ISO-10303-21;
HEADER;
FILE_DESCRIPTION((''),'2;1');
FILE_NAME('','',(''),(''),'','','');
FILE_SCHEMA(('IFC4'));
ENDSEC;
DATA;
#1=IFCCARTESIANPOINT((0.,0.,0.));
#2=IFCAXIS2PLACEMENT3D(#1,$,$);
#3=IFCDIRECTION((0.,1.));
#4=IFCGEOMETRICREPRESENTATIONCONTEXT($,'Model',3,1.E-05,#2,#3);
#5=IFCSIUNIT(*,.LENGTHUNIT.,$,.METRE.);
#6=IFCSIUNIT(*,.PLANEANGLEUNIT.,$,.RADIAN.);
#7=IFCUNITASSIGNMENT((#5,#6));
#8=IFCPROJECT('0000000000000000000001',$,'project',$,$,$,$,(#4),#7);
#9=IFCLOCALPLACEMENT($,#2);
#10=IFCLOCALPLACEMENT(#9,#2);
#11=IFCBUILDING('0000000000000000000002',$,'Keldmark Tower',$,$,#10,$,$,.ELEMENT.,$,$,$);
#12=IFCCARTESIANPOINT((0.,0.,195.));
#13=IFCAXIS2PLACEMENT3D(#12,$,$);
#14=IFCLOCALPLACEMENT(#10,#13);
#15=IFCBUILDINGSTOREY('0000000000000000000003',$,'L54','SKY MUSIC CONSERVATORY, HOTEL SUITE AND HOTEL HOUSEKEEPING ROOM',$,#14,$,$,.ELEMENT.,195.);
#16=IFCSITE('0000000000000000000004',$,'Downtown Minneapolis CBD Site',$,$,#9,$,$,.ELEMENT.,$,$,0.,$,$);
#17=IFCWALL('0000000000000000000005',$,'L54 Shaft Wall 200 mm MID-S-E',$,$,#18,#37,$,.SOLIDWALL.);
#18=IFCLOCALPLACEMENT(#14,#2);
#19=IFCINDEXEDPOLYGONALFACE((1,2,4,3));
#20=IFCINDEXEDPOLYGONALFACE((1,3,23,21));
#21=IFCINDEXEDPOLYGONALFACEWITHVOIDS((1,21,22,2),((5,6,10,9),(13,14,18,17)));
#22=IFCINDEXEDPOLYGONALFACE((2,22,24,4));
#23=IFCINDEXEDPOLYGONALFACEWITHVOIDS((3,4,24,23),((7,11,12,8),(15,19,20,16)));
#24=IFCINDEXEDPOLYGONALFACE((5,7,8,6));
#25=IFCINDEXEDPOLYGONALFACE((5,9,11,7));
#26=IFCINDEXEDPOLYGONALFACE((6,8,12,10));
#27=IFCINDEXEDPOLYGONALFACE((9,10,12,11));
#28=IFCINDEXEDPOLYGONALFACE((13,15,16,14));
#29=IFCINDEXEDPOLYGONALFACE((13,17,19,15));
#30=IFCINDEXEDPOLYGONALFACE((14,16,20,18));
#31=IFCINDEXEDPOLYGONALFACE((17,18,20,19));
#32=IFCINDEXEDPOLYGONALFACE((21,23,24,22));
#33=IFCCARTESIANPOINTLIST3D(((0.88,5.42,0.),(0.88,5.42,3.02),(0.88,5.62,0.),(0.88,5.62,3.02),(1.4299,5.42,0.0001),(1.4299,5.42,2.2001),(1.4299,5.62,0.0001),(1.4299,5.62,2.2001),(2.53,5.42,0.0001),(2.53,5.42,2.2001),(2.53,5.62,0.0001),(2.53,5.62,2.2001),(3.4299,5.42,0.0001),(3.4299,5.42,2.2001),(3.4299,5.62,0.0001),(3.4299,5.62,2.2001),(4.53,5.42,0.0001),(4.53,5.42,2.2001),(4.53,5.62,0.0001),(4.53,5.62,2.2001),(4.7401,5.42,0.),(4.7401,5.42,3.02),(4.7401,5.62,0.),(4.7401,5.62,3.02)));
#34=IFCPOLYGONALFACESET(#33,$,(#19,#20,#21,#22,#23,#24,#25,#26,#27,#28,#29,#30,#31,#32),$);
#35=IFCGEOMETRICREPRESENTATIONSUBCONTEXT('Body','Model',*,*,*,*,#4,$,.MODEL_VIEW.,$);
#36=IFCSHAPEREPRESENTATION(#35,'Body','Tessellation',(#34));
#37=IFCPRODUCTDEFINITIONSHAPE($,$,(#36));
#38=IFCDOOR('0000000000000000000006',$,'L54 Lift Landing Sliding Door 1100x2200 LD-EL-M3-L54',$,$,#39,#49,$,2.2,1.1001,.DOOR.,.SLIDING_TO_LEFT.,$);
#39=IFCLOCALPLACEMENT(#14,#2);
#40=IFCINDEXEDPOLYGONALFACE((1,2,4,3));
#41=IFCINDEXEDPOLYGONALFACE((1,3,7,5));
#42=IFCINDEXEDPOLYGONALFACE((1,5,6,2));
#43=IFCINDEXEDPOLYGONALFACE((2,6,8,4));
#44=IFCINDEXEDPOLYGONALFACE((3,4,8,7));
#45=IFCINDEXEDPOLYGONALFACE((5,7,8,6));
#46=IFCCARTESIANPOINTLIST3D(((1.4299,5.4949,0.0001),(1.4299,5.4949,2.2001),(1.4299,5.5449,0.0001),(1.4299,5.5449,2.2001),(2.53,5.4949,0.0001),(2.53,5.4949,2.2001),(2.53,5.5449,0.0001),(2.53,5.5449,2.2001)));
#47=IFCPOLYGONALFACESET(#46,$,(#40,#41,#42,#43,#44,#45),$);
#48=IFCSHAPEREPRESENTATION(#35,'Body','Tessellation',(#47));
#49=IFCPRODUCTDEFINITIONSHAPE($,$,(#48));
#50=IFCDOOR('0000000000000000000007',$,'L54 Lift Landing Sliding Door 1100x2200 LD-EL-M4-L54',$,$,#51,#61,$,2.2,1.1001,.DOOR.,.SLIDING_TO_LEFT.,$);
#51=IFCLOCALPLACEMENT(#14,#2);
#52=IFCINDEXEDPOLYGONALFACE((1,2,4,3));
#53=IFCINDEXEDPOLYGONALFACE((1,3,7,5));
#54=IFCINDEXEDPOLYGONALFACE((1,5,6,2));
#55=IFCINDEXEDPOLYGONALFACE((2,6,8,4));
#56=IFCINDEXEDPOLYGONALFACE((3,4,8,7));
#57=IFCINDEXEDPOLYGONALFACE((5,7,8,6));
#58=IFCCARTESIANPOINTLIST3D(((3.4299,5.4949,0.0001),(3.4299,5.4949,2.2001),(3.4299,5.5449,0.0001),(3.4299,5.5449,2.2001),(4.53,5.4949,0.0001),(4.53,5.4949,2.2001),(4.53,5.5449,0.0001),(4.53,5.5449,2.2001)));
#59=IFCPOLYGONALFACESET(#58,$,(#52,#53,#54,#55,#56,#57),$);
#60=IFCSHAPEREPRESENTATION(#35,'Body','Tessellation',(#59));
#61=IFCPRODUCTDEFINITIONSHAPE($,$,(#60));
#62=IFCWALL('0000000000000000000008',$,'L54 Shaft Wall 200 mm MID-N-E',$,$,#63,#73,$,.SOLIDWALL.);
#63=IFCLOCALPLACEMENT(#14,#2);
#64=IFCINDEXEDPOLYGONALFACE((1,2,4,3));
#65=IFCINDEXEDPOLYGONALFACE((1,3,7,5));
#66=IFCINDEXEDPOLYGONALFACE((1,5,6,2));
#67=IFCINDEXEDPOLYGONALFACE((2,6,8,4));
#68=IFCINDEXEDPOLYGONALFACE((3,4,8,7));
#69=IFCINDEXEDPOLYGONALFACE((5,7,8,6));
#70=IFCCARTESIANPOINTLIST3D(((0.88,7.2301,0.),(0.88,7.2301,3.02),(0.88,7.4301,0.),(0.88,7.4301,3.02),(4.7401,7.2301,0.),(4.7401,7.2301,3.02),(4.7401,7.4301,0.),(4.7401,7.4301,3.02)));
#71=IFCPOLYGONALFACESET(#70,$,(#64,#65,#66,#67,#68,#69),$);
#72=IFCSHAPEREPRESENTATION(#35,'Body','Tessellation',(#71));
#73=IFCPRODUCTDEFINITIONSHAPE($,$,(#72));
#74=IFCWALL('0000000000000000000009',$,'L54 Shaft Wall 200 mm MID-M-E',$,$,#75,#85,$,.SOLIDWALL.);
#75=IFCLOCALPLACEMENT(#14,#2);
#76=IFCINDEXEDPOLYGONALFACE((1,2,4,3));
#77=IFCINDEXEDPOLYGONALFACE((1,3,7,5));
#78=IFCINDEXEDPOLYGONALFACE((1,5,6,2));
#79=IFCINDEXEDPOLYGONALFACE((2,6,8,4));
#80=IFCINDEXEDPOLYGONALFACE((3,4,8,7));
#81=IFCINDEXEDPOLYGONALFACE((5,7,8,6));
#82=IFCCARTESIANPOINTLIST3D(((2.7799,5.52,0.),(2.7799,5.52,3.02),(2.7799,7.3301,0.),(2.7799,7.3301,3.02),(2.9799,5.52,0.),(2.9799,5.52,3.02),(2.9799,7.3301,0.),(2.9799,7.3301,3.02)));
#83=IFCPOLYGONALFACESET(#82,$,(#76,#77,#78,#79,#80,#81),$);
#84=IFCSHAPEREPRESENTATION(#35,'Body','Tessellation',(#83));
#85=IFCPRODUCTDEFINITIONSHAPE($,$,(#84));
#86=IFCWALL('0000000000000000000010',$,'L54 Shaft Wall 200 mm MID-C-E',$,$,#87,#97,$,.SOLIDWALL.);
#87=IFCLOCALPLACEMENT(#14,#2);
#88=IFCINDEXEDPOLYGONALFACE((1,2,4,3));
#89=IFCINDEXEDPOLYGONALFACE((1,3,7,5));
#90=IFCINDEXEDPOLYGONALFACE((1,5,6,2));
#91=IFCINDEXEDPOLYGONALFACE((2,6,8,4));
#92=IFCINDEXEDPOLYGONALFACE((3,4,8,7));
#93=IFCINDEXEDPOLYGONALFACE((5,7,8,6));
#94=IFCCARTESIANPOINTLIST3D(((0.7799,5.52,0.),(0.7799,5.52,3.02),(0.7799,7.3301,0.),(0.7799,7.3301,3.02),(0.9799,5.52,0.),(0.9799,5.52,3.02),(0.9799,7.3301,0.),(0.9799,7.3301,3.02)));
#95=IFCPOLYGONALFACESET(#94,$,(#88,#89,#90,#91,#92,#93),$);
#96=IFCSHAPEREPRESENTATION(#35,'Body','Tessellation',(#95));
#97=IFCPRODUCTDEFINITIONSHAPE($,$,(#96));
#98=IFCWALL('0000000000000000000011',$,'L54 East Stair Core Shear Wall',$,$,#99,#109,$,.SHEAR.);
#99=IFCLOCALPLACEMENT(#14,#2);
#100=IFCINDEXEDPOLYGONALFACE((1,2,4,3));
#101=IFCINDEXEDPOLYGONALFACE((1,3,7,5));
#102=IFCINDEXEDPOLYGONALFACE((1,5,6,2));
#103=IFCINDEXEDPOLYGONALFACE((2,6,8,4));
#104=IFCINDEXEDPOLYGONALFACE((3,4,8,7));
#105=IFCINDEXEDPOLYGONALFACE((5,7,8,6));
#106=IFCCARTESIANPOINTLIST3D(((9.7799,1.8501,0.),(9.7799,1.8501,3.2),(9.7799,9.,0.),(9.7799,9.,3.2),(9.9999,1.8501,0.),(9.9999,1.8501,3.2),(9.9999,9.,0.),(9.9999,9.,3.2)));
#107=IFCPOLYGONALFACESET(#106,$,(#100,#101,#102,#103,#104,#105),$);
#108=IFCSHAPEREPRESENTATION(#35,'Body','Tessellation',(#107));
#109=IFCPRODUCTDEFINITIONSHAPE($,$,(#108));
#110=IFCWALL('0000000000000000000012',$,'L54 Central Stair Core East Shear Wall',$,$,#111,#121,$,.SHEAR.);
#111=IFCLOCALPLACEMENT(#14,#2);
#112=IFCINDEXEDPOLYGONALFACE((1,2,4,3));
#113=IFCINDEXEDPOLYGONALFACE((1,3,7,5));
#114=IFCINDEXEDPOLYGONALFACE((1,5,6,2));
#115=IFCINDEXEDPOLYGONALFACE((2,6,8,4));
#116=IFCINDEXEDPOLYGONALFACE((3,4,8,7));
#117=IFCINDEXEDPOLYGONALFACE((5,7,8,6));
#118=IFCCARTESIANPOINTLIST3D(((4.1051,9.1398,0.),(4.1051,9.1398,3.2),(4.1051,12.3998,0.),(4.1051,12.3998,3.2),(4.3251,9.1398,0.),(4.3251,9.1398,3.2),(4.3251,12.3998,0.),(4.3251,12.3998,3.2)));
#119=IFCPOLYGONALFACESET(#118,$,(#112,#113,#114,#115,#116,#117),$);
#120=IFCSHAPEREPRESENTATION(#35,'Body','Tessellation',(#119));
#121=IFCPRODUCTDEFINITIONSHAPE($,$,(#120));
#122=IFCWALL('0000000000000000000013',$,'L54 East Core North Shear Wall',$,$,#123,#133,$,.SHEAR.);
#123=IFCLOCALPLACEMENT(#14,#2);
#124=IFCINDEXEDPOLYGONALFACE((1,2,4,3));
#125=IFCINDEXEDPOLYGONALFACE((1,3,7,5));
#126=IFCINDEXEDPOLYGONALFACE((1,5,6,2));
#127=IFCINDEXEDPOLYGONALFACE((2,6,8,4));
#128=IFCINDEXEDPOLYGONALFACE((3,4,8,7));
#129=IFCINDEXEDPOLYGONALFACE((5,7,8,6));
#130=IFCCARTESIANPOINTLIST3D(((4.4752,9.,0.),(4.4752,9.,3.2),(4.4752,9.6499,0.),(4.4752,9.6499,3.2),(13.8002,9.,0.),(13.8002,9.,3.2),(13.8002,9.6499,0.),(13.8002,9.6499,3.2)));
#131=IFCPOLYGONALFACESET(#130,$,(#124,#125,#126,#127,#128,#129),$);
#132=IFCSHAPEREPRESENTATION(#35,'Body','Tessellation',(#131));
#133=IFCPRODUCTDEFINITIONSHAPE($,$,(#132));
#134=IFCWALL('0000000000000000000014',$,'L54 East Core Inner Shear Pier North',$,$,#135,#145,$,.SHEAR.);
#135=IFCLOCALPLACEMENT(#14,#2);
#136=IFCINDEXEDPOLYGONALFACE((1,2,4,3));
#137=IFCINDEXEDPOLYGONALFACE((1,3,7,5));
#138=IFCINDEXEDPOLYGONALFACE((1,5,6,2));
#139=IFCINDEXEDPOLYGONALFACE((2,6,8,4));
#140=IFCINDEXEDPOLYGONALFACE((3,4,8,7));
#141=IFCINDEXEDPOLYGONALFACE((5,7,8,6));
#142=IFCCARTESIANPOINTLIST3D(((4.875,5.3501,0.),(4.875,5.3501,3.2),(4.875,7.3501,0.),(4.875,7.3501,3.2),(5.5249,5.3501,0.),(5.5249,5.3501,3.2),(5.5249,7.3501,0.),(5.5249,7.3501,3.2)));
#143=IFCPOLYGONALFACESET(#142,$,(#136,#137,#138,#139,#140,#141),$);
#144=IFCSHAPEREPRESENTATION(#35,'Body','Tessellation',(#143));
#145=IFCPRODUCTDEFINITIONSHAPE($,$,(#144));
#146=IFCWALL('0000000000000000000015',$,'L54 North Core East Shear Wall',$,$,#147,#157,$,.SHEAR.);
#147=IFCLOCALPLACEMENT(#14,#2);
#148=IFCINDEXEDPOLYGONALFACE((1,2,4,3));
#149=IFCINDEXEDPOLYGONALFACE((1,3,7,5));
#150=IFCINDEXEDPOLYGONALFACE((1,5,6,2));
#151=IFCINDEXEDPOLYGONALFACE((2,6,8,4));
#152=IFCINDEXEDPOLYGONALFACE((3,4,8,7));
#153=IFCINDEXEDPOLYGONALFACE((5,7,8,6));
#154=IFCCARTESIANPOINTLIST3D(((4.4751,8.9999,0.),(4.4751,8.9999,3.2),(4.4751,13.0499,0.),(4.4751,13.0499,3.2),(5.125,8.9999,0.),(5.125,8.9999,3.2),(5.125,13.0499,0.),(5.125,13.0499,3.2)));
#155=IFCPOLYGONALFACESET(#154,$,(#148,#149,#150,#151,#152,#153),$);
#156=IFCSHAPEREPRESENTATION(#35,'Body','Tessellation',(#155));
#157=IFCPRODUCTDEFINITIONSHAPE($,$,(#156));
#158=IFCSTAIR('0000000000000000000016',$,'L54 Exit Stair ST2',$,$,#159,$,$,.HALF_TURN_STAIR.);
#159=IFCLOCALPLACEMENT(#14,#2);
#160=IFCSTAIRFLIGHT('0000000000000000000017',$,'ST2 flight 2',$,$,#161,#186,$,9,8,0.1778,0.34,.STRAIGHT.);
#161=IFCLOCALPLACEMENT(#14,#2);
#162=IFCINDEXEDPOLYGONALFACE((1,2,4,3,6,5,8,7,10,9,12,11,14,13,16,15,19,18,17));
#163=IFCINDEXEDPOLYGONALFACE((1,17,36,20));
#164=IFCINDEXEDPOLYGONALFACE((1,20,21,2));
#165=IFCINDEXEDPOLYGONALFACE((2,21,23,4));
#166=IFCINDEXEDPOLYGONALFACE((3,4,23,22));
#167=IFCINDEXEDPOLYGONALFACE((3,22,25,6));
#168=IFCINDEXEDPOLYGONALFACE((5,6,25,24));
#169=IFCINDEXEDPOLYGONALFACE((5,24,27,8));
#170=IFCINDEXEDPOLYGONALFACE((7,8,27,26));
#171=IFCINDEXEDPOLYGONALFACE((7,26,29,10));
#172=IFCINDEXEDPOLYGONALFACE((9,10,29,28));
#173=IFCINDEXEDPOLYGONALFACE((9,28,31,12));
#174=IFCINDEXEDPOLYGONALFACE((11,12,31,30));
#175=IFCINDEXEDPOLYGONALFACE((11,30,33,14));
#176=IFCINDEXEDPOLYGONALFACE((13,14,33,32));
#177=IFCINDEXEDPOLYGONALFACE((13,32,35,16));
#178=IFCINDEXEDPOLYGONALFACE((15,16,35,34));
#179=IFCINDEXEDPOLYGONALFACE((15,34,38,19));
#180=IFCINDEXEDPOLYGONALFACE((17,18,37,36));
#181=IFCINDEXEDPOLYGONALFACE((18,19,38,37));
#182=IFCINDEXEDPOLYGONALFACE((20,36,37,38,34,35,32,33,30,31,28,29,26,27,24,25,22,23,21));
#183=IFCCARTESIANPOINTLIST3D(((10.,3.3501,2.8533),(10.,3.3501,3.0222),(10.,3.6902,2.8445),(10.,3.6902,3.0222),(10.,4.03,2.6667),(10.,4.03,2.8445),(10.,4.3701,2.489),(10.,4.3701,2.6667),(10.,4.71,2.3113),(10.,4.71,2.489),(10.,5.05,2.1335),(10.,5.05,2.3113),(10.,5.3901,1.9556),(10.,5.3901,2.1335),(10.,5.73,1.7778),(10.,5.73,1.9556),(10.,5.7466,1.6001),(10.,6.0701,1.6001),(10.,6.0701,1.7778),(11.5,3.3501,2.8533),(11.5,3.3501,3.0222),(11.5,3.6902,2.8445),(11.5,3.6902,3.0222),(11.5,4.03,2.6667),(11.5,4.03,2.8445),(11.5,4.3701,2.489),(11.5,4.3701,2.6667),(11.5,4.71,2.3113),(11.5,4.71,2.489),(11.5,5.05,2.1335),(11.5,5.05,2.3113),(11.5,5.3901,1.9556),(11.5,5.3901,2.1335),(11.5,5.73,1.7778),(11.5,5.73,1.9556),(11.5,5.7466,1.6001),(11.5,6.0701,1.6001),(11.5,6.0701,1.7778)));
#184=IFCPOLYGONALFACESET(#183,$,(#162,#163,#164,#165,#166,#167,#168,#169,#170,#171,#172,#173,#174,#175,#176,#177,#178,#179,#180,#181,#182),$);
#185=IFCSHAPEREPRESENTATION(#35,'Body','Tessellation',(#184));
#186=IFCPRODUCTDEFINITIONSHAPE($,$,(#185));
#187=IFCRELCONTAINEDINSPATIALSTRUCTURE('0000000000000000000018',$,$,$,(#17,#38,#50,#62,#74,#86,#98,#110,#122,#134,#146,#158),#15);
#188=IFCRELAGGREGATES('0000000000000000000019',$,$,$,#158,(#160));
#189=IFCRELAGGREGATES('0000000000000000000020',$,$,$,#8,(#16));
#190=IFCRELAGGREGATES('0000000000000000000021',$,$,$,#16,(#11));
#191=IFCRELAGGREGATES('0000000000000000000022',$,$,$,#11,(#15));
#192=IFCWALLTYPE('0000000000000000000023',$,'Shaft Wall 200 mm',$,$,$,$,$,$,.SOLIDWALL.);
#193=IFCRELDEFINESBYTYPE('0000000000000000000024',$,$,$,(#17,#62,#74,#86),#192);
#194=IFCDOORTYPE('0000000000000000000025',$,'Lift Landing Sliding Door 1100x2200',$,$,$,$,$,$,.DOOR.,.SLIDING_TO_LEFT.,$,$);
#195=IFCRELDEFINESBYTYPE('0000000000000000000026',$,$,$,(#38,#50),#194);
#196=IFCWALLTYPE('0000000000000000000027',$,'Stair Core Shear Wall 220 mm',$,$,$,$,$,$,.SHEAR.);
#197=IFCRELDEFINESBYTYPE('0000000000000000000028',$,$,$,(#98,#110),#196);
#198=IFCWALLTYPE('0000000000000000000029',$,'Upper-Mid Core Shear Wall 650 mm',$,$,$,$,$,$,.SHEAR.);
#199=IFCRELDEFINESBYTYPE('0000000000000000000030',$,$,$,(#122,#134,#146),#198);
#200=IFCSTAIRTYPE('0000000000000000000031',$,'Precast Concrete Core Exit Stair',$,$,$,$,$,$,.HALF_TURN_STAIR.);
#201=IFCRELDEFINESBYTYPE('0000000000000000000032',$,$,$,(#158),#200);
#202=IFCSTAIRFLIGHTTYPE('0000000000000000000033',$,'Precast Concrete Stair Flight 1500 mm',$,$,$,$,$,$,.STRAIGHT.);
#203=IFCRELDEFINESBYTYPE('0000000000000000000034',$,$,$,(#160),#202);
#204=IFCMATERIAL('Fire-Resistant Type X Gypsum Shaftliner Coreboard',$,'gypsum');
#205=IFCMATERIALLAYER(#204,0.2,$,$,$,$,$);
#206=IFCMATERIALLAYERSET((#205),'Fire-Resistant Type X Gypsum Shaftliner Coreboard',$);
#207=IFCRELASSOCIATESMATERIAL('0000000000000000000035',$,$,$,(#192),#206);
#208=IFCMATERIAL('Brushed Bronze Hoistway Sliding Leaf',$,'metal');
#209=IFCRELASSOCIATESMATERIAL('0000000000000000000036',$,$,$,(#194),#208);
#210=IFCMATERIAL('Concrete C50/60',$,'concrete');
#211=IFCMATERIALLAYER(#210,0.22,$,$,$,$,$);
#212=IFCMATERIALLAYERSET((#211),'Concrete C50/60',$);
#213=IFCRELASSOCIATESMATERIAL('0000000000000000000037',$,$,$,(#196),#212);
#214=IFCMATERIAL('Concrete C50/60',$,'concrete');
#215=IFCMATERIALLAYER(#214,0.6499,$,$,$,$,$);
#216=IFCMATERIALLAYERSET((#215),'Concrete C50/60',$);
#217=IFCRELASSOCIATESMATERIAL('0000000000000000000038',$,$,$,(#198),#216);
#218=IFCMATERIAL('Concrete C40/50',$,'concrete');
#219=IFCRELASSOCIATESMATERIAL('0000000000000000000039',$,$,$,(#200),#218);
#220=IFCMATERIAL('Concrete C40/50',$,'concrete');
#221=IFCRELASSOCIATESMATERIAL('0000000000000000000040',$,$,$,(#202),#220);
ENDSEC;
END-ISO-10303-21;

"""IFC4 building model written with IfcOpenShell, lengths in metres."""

from ifc_helpers import new_model, si_unit, direction, frame, frame_2d, origin, place, context, subcontext, project, spatial, polyline, rectangle, outline, extrude, material, layer, layer_set, type_object, element, fill, aggregate, save


model = new_model("IFC4")

# Units and contexts
model_context = context("Model", 3, precision=1e-05, world=origin(), true_north=direction((0.0, 1.0)))
body_context = subcontext(model_context, "Body", "Model", "MODEL_VIEW")
ifc_project = project(units=[si_unit("LENGTHUNIT", "METRE"), si_unit("PLANEANGLEUNIT", "RADIAN")], contexts=[model_context])

# Site, building, storey
site_placement = place(None, origin())
site = spatial("IfcSite", under=ifc_project, at=site_placement, Name="Downtown Minneapolis CBD Site", CompositionType="ELEMENT", RefElevation=0.0)
building_placement = place(site_placement, origin())
building = spatial("IfcBuilding", under=site, at=building_placement, Name="Keldmark Tower", CompositionType="ELEMENT")
storey_placement = place(building_placement, frame((0.0, 0.0, 195.0)))
storey = spatial("IfcBuildingStorey", under=building, at=storey_placement, Name="L54", Description="SKY MUSIC CONSERVATORY, HOTEL SUITE AND HOTEL HOUSEKEEPING ROOM", CompositionType="ELEMENT", Elevation=195.0)

# Shared definitions
ifc_material_1 = material(Name="Fire-Resistant Type X Gypsum Shaftliner Coreboard", Category="gypsum")
ifc_layer_1 = layer(ifc_material_1, 0.2)
ifc_layer_set_1 = layer_set([ifc_layer_1], Name="Fire-Resistant Type X Gypsum Shaftliner Coreboard")
wall_type_1 = type_object("IfcWallType", Name="Shaft Wall 200 mm", PredefinedType="SOLIDWALL", material=ifc_layer_set_1)

# Wall, openings, doors
wall_1_placement = place(storey_placement, frame((0.8799, 5.52, 0.0), z_axis=(0.0, 0.0, 1.0), x_axis=(1.0, 0.0, 0.0)))
wall_1 = element("IfcWall", 1, at=wall_1_placement, inside=storey, type_object=wall_type_1, Name="L54 Shaft Wall 200 mm MID-S-E", PredefinedType="SOLIDWALL", context=body_context, shape_type="SweptSolid", body=[
    extrude(rectangle(XDim=3.8601, YDim=0.2, at=frame_2d((1.9302, 0.0))), origin(), (0.0, 0.0, 1.0), 3.02),
])
opening_1_placement = place(wall_1_placement, frame((0.55, 0.0, 0.0)))
opening_1 = element("IfcOpeningElement", 2, at=opening_1_placement, cuts=wall_1, PredefinedType="OPENING", context=body_context, shape_type="SweptSolid", body=[
    extrude(rectangle(XDim=1.1001, YDim=2.2, at=frame_2d((0.55, 1.1001))), frame((0.0, 0.1099, 0.0), z_axis=(0.0, -1.0, 0.0), x_axis=(1.0, 0.0, 0.0)), (0.0, 0.0, 1.0), 0.22),
])
opening_2_placement = place(wall_1_placement, frame((2.55, 0.0, 0.0)))
opening_2 = element("IfcOpeningElement", 3, at=opening_2_placement, cuts=wall_1, PredefinedType="OPENING", context=body_context, shape_type="SweptSolid", body=[
    extrude(rectangle(XDim=1.1001, YDim=2.2, at=frame_2d((0.55, 1.1001))), frame((0.0, 0.1099, 0.0), z_axis=(0.0, -1.0, 0.0), x_axis=(1.0, 0.0, 0.0)), (0.0, 0.0, 1.0), 0.22),
])
ifc_material_2 = material(Name="Brushed Bronze Hoistway Sliding Leaf", Category="metal")
door_type_1 = type_object("IfcDoorType", Name="Lift Landing Sliding Door 1100x2200", OperationType="SLIDING_TO_LEFT", PredefinedType="DOOR", material=ifc_material_2)
door_1_placement = place(opening_1_placement, origin())
door_1 = element("IfcDoor", 4, at=door_1_placement, inside=storey, type_object=door_type_1, Name="L54 Lift Landing Sliding Door 1100x2200 LD-EL-M3-L54", OperationType="SLIDING_TO_LEFT", OverallHeight=2.2, OverallWidth=1.1001, PredefinedType="DOOR", context=body_context, shape_type="SweptSolid", body=[
    extrude(rectangle(XDim=1.1001, YDim=2.2, at=frame_2d((0.55, 1.1001))), frame((0.0, 0.0249, 0.0), z_axis=(0.0, -1.0, 0.0), x_axis=(1.0, 0.0, 0.0)), (0.0, 0.0, 1.0), 0.05),
])
fill(opening_1, door_1)
door_2_placement = place(opening_2_placement, origin())
door_2 = element("IfcDoor", 5, at=door_2_placement, inside=storey, type_object=door_type_1, Name="L54 Lift Landing Sliding Door 1100x2200 LD-EL-M4-L54", OperationType="SLIDING_TO_LEFT", OverallHeight=2.2, OverallWidth=1.1001, PredefinedType="DOOR", context=body_context, shape_type="SweptSolid", body=[
    extrude(rectangle(XDim=1.1001, YDim=2.2, at=frame_2d((0.55, 1.1001))), frame((0.0, 0.0249, 0.0), z_axis=(0.0, -1.0, 0.0), x_axis=(1.0, 0.0, 0.0)), (0.0, 0.0, 1.0), 0.05),
])
fill(opening_2, door_2)

# Walls
wall_2_placement = place(storey_placement, frame((0.8799, 7.3301, 0.0), z_axis=(0.0, 0.0, 1.0), x_axis=(1.0, 0.0, 0.0)))
element("IfcWall", 6, at=wall_2_placement, inside=storey, type_object=wall_type_1, Name="L54 Shaft Wall 200 mm MID-N-E", PredefinedType="SOLIDWALL", context=body_context, shape_type="SweptSolid", body=[
    extrude(rectangle(XDim=3.8601, YDim=0.2, at=frame_2d((1.9302, 0.0))), origin(), (0.0, 0.0, 1.0), 3.02),
])
for number, where, z_axis, x_axis, name in (
    (7, (2.8799, 5.52, 0.0), (0.0, 0.0, 1.0), (0.0, 1.0, 0.0), "L54 Shaft Wall 200 mm MID-M-E"),
    (8, (0.8799, 5.52, 0.0), (0.0, 0.0, 1.0), (0.0, 1.0, 0.0), "L54 Shaft Wall 200 mm MID-C-E"),
):
    element("IfcWall", number, at=place(storey_placement, frame(where, z_axis=z_axis, x_axis=x_axis)), inside=storey, type_object=wall_type_1, Name=name, PredefinedType="SOLIDWALL", context=body_context, shape_type="SweptSolid", body=[
        extrude(rectangle(XDim=1.8101, YDim=0.2, at=frame_2d((0.905, 0.0))), origin(), (0.0, 0.0, 1.0), 3.02),
    ])
ifc_material_3 = material(Name="Concrete C50/60", Category="concrete")
ifc_layer_2 = layer(ifc_material_3, 0.22)
ifc_layer_set_2 = layer_set([ifc_layer_2], Name="Concrete C50/60")
wall_type_2 = type_object("IfcWallType", Name="Stair Core Shear Wall 220 mm", PredefinedType="SHEAR", material=ifc_layer_set_2)
wall_3_placement = place(storey_placement, frame((9.8899, 1.8501, 0.0), z_axis=(0.0, 0.0, 1.0), x_axis=(0.0, 1.0, 0.0)))
element("IfcWall", 9, at=wall_3_placement, inside=storey, type_object=wall_type_2, Name="L54 East Stair Core Shear Wall", PredefinedType="SHEAR", context=body_context, shape_type="SweptSolid", body=[
    extrude(rectangle(XDim=7.1499, YDim=0.22, at=frame_2d((3.575, 0.0))), origin(), (0.0, 0.0, 1.0), 3.2),
])
wall_4_placement = place(storey_placement, frame((4.2151, 9.1399, 0.0), z_axis=(0.0, 0.0, 1.0), x_axis=(0.0, 1.0, 0.0)))
element("IfcWall", 10, at=wall_4_placement, inside=storey, type_object=wall_type_2, Name="L54 Central Stair Core East Shear Wall", PredefinedType="SHEAR", context=body_context, shape_type="SweptSolid", body=[
    extrude(rectangle(XDim=3.26, YDim=0.22, at=frame_2d((1.6299, 0.0))), origin(), (0.0, 0.0, 1.0), 3.2),
])
ifc_material_4 = material(Name="Concrete C50/60", Category="concrete")
ifc_layer_3 = layer(ifc_material_4, 0.6499)
ifc_layer_set_3 = layer_set([ifc_layer_3], Name="Concrete C50/60")
wall_type_3 = type_object("IfcWallType", Name="Upper-Mid Core Shear Wall 650 mm", PredefinedType="SHEAR", material=ifc_layer_set_3)
wall_5_placement = place(storey_placement, frame((4.4751, 9.325, 0.0), z_axis=(0.0, 0.0, 1.0), x_axis=(1.0, 0.0, 0.0)))
element("IfcWall", 11, at=wall_5_placement, inside=storey, type_object=wall_type_3, Name="L54 East Core North Shear Wall", PredefinedType="SHEAR", context=body_context, shape_type="SweptSolid", body=[
    extrude(rectangle(XDim=9.325, YDim=0.6499, at=frame_2d((4.6626, 0.0))), origin(), (0.0, 0.0, 1.0), 3.2),
])
wall_6_placement = place(storey_placement, frame((5.2, 5.3501, 0.0), z_axis=(0.0, 0.0, 1.0), x_axis=(0.0, 1.0, 0.0)))
element("IfcWall", 12, at=wall_6_placement, inside=storey, type_object=wall_type_3, Name="L54 East Core Inner Shear Pier North", PredefinedType="SHEAR", context=body_context, shape_type="SweptSolid", body=[
    extrude(rectangle(XDim=2.0, YDim=0.6499, at=frame_2d((1.0, 0.0))), origin(), (0.0, 0.0, 1.0), 3.2),
])
wall_7_placement = place(storey_placement, frame((4.8, 9.0, 0.0), z_axis=(0.0, 0.0, 1.0), x_axis=(0.0, 1.0, 0.0)))
element("IfcWall", 13, at=wall_7_placement, inside=storey, type_object=wall_type_3, Name="L54 North Core East Shear Wall", PredefinedType="SHEAR", context=body_context, shape_type="SweptSolid", body=[
    extrude(rectangle(XDim=4.05, YDim=0.6499, at=frame_2d((2.0249, 0.0))), origin(), (0.0, 0.0, 1.0), 3.2),
])

# Stair, stair flight
ifc_material_5 = material(Name="Concrete C40/50", Category="concrete")
stair_type = type_object("IfcStairType", Name="Precast Concrete Core Exit Stair", PredefinedType="HALF_TURN_STAIR", material=ifc_material_5)
stair_placement = place(storey_placement, origin())
stair = element("IfcStair", 14, at=stair_placement, inside=storey, type_object=stair_type, Name="L54 Exit Stair ST2", PredefinedType="HALF_TURN_STAIR")
ifc_material_6 = material(Name="Concrete C40/50", Category="concrete")
stair_flight_type = type_object("IfcStairFlightType", Name="Precast Concrete Stair Flight 1500 mm", PredefinedType="STRAIGHT", material=ifc_material_6)
stair_flight_placement = place(storey_placement, frame((10.75, 6.0701, 1.6001), z_axis=(0.0, 0.0, 1.0), x_axis=(0.0, -1.0, 0.0)))
stair_flight = element("IfcStairFlight", 15, at=stair_flight_placement, type_object=stair_flight_type, Name="ST2 flight 2", NumberOfRisers=9, NumberOfTreads=8, PredefinedType="STRAIGHT", RiserHeight=0.1778, TreadLength=0.34, context=body_context, shape_type="SweptSolid", body=[
    extrude(outline(polyline([(0.0, 0.0), (0.0, 0.1777), (0.3401, 0.1777), (0.3401, 0.3555), (0.6799, 0.3555), (0.6799, 0.5334), (1.02, 0.5334), (1.02, 0.7112), (1.3601, 0.7112), (1.3601, 0.8889), (1.7, 0.8889), (1.7, 1.0667), (2.04, 1.0667), (2.04, 1.2444), (2.3799, 1.2444), (2.3799, 1.4221), (2.72, 1.4221), (2.72, 1.6001), (2.72, 1.2532), (0.3235, 0.0), (0.0, 0.0)])), frame((0.0, 0.75, 0.0), z_axis=(0.0, -1.0, 0.0), x_axis=(1.0, 0.0, 0.0)), (0.0, 0.0, 1.0), 1.5),
])
aggregate(stair, [stair_flight])

save(model, "model.ifc")
